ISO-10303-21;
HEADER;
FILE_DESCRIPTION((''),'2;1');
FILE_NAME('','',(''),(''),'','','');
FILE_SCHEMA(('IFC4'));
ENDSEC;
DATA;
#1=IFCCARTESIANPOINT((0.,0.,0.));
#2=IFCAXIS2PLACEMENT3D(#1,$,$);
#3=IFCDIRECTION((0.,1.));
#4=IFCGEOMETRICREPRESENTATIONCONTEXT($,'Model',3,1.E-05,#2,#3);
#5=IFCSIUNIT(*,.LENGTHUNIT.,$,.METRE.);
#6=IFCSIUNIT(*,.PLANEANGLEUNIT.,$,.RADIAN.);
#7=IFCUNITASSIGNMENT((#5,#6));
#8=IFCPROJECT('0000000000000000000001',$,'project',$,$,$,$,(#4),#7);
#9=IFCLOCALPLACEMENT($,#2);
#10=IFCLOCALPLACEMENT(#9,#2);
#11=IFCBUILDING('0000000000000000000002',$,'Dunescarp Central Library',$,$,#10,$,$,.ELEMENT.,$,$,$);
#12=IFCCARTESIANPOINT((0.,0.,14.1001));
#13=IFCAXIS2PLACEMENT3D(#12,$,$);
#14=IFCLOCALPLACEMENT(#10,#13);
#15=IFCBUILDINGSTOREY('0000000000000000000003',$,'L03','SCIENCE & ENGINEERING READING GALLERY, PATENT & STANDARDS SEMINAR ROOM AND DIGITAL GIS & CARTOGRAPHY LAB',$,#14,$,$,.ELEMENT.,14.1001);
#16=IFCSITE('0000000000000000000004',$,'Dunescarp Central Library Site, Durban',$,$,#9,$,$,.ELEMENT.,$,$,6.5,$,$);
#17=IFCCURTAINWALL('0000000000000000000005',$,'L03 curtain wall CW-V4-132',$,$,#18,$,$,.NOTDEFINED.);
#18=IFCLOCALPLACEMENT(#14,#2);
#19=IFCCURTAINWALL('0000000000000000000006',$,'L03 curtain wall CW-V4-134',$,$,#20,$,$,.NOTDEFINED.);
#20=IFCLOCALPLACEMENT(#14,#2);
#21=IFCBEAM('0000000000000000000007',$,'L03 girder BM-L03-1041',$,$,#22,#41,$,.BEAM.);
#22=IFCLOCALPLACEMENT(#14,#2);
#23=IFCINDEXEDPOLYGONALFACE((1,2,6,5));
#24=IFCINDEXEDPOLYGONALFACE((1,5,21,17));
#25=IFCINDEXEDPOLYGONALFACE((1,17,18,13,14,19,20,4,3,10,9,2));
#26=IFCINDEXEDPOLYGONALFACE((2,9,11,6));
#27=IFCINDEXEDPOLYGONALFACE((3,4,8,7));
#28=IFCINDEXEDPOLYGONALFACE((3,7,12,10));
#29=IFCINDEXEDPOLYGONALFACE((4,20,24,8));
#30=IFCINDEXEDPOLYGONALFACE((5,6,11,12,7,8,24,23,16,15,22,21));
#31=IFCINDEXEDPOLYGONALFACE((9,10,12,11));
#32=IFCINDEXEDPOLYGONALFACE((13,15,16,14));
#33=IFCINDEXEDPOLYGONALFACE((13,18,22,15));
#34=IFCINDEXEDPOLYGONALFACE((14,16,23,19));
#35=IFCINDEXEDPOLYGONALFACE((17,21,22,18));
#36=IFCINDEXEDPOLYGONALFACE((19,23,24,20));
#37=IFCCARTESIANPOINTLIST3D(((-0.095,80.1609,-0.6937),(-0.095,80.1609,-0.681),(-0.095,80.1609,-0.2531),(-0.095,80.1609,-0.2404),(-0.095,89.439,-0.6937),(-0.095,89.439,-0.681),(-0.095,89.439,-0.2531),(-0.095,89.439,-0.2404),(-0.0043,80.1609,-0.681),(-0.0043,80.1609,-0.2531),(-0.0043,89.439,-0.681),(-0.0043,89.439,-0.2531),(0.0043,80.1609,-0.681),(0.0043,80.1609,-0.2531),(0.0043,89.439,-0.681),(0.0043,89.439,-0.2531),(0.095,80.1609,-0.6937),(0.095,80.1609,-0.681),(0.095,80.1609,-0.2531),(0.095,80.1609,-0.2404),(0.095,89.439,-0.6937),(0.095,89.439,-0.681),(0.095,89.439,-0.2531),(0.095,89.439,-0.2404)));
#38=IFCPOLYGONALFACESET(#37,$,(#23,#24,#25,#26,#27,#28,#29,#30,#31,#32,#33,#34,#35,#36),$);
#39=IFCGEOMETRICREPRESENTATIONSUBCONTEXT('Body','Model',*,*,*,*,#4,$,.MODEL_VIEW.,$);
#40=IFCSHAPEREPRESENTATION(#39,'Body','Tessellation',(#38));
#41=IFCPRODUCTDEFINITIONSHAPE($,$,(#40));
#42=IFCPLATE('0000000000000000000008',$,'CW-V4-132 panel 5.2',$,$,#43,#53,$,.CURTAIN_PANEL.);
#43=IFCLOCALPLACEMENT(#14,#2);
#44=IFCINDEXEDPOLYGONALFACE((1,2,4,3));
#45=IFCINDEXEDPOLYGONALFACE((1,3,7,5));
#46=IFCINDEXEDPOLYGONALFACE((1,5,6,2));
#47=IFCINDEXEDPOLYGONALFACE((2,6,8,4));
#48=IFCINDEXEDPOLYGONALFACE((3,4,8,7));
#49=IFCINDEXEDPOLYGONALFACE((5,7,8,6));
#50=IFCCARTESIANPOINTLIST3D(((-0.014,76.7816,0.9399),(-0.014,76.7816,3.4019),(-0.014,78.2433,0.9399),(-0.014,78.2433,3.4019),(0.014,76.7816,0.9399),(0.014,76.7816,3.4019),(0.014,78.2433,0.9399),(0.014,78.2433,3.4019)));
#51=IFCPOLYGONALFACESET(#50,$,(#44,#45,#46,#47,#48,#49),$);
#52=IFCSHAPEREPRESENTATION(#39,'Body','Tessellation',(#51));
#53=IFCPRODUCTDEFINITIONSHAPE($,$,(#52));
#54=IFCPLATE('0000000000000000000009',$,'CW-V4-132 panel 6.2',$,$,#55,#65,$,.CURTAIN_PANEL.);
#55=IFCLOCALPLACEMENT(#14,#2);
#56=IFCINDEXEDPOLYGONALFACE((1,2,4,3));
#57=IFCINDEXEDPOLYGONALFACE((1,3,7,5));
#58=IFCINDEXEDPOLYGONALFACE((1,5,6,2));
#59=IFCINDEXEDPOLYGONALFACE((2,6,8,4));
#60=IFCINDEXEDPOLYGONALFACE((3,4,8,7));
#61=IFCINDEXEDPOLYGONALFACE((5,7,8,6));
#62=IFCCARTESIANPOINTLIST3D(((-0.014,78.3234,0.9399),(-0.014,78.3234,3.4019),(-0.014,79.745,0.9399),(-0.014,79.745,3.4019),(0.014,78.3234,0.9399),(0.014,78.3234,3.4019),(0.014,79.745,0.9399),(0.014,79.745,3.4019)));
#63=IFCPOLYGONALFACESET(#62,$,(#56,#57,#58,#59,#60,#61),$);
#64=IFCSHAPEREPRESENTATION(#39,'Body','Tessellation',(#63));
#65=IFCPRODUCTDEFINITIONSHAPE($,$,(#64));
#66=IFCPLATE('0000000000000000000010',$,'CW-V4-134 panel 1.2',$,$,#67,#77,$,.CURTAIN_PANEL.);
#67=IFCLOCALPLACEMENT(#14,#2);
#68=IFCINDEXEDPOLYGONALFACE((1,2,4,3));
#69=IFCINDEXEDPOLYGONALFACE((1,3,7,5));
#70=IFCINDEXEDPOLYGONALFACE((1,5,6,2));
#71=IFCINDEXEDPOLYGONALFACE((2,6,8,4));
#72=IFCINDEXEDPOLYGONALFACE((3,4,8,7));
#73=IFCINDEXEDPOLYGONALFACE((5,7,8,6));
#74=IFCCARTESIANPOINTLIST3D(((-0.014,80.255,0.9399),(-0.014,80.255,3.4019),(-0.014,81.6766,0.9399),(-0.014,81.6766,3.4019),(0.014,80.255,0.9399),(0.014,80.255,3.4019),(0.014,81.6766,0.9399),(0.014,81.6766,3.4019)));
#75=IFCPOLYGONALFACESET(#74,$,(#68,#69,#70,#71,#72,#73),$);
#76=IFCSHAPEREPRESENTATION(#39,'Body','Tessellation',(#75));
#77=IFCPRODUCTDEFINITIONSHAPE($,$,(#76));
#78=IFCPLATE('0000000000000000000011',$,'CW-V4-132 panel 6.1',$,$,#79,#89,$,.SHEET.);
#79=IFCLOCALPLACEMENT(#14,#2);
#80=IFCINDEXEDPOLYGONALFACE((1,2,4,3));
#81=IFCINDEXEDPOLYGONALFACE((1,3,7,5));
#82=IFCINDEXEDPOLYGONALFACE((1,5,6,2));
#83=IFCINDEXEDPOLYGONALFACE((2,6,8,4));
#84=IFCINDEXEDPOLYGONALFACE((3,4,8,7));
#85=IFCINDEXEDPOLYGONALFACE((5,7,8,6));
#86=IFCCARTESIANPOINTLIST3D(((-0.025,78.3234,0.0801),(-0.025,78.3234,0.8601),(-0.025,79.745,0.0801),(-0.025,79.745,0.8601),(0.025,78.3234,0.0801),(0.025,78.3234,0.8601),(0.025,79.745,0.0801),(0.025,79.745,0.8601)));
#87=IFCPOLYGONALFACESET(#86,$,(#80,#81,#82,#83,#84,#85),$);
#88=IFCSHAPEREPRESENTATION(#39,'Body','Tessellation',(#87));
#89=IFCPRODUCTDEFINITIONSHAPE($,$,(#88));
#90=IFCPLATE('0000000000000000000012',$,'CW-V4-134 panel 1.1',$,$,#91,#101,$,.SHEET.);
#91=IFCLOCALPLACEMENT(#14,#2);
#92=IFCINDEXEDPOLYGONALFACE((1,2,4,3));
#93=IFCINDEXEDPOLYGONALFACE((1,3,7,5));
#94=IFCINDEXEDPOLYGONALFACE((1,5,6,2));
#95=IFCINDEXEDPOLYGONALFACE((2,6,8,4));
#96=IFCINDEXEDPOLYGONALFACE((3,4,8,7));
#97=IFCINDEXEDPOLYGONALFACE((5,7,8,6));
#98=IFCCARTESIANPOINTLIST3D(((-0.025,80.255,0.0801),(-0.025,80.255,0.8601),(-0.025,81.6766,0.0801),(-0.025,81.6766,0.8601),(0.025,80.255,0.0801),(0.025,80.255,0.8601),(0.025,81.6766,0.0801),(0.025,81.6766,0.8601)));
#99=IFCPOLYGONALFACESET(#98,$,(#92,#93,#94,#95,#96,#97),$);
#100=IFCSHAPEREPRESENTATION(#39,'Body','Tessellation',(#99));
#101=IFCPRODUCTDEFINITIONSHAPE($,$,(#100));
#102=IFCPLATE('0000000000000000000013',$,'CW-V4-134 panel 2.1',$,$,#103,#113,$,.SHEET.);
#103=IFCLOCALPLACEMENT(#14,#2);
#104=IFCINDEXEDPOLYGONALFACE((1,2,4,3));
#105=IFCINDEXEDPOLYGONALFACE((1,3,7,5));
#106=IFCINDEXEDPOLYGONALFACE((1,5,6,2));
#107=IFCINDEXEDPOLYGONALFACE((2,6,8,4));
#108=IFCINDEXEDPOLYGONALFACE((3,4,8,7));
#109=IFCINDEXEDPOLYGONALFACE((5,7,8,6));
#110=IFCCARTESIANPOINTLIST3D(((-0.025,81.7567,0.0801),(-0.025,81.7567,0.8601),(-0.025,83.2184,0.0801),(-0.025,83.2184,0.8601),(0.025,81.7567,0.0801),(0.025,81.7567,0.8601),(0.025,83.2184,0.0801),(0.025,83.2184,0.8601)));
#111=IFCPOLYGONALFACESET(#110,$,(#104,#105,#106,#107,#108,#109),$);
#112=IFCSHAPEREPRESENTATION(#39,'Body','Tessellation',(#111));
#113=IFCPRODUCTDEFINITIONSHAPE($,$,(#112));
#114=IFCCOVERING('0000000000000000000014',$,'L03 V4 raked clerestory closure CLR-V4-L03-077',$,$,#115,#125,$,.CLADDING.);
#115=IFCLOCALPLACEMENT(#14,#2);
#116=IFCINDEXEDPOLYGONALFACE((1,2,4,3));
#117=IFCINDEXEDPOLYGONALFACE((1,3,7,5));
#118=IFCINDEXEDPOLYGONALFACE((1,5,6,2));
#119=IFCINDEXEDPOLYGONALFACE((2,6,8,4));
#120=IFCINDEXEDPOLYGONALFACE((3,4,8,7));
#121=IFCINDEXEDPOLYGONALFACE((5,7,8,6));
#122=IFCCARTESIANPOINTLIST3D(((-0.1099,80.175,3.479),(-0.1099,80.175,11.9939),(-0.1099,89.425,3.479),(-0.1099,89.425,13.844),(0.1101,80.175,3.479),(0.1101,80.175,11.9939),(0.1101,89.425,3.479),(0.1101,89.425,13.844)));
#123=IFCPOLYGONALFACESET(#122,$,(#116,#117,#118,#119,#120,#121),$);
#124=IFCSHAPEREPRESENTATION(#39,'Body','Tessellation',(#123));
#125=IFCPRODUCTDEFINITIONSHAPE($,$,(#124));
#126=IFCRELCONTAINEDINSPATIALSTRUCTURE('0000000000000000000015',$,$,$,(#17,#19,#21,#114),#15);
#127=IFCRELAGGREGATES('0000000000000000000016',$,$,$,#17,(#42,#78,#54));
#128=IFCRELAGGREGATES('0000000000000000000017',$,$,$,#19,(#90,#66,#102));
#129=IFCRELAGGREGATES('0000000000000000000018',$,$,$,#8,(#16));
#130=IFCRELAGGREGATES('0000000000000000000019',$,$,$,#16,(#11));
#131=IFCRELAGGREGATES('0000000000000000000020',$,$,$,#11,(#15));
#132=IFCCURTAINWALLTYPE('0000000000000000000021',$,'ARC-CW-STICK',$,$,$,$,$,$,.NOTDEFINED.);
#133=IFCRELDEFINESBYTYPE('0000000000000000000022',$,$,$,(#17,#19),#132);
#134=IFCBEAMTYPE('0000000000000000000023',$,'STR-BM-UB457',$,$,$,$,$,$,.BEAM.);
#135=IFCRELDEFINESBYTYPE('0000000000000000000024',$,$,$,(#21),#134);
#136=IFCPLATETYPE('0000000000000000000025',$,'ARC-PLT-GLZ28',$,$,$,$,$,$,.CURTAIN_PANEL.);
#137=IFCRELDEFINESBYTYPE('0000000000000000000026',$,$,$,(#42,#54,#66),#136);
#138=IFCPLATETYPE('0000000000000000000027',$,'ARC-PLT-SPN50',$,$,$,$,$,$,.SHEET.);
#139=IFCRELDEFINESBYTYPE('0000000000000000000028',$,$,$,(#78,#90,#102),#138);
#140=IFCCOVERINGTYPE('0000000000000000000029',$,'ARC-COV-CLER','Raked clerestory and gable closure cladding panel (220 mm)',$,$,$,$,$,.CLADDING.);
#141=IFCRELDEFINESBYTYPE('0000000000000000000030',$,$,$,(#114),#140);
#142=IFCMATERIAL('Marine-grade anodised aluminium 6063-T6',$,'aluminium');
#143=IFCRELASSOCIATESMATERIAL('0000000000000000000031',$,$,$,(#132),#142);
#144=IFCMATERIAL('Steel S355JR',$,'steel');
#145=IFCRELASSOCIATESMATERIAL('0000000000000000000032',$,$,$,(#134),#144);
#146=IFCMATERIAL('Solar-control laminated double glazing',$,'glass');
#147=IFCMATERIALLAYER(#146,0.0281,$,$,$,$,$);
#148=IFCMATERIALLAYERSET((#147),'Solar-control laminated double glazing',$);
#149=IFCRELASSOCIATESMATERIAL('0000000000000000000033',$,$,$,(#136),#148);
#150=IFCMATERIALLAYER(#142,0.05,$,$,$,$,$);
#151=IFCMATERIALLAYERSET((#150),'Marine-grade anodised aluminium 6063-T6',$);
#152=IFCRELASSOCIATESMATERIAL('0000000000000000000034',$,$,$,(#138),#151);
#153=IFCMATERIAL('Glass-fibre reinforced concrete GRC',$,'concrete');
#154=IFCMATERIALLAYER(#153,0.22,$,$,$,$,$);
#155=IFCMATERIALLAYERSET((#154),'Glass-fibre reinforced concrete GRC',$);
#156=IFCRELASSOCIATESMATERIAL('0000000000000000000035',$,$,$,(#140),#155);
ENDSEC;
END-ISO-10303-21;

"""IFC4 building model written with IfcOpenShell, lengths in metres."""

from ifc_helpers import new_model, si_unit, direction, frame, origin, origin_2d, place, context, subcontext, project, spatial, polyline, rectangle, i_section, outline, extrude, material, layer, layer_set, material_profile, profile_set, type_object, element, aggregate, save


model = new_model("IFC4")

# Units and contexts
model_context = context("Model", 3, precision=1e-05, world=origin(), true_north=direction((0.0, 1.0)))
body_context = subcontext(model_context, "Body", "Model", "MODEL_VIEW")
ifc_project = project(units=[si_unit("LENGTHUNIT", "METRE"), si_unit("PLANEANGLEUNIT", "RADIAN")], contexts=[model_context])

# Site, building, storey
site_placement = place(None, origin())
site = spatial("IfcSite", under=ifc_project, at=site_placement, Name="Dunescarp Central Library Site, Durban", CompositionType="ELEMENT", RefElevation=6.5)
building_placement = place(site_placement, origin())
building = spatial("IfcBuilding", under=site, at=building_placement, Name="Dunescarp Central Library", CompositionType="ELEMENT")
storey_placement = place(building_placement, frame((0.0, 0.0, 14.1001)))
storey = spatial("IfcBuildingStorey", under=building, at=storey_placement, Name="L03", Description="SCIENCE & ENGINEERING READING GALLERY, PATENT & STANDARDS SEMINAR ROOM AND DIGITAL GIS & CARTOGRAPHY LAB", CompositionType="ELEMENT", Elevation=14.1001)

# Shared definitions
ifc_material_1 = material(Name="Steel S355JR", Category="steel")

# Curtain walls
ifc_material_2 = material(Name="Marine-grade anodised aluminium 6063-T6", Category="aluminium")
curtain_wall_type = type_object("IfcCurtainWallType", Name="ARC-CW-STICK", PredefinedType="NOTDEFINED", material=ifc_material_2)
curtain_wall_1_placement = place(storey_placement, origin())
curtain_wall_1 = element("IfcCurtainWall", 1, at=curtain_wall_1_placement, inside=storey, type_object=curtain_wall_type, Name="L03 curtain wall CW-V4-132", PredefinedType="NOTDEFINED")
curtain_wall_2_placement = place(storey_placement, origin())
curtain_wall_2 = element("IfcCurtainWall", 2, at=curtain_wall_2_placement, inside=storey, type_object=curtain_wall_type, Name="L03 curtain wall CW-V4-134", PredefinedType="NOTDEFINED")

# Beam
ifc_material_profile_1 = material_profile(ifc_material_1, i_section(OverallWidth=0.1899, OverallDepth=0.4534, WebThickness=0.0085, FlangeThickness=0.0127, at=origin_2d()), Name="UB 457x191x67")
ifc_profile_set_1 = profile_set([ifc_material_profile_1], Name="Steel S355JR")
beam_type = type_object("IfcBeamType", Name="STR-BM-UB457", PredefinedType="BEAM", material=ifc_profile_set_1)
beam_placement = place(storey_placement, frame((0.0, 80.1609, -0.467), z_axis=(0.0, 1.0, 0.0), x_axis=(-1.0, 0.0, 0.0)))
element("IfcBeam", 3, at=beam_placement, inside=storey, type_object=beam_type, Name="L03 girder BM-L03-1041", PredefinedType="BEAM", context=body_context, shape_type="SweptSolid", body=[
    extrude(i_section(OverallWidth=0.1899, OverallDepth=0.4534, WebThickness=0.0085, FlangeThickness=0.0127, at=origin_2d()), origin(), (0.0, 0.0, 1.0), 9.2781),
])

# Plates
ifc_material_3 = material(Name="Solar-control laminated double glazing", Category="glass")
ifc_layer_1 = layer(ifc_material_3, 0.0281)
ifc_layer_set_1 = layer_set([ifc_layer_1], Name="Solar-control laminated double glazing")
plate_type_1 = type_object("IfcPlateType", Name="ARC-PLT-GLZ28", PredefinedType="CURTAIN_PANEL", material=ifc_layer_set_1)
plate_1_placement = place(storey_placement, frame((0.0, 77.5125, 0.9399), z_axis=(0.0, 0.0, 1.0), x_axis=(0.0, 1.0, 0.0)))
plate_1 = element("IfcPlate", 4, at=plate_1_placement, type_object=plate_type_1, Name="CW-V4-132 panel 5.2", PredefinedType="CURTAIN_PANEL", context=body_context, shape_type="SweptSolid", body=[
    extrude(rectangle(XDim=1.4617, YDim=0.0281, at=origin_2d()), origin(), (0.0, 0.0, 1.0), 2.4619),
])
plate_2_placement = place(storey_placement, frame((0.0, 79.0342, 0.9399), z_axis=(0.0, 0.0, 1.0), x_axis=(0.0, 1.0, 0.0)))
plate_2 = element("IfcPlate", 5, at=plate_2_placement, type_object=plate_type_1, Name="CW-V4-132 panel 6.2", PredefinedType="CURTAIN_PANEL", context=body_context, shape_type="SweptSolid", body=[
    extrude(rectangle(XDim=1.4216, YDim=0.0281, at=origin_2d()), origin(), (0.0, 0.0, 1.0), 2.4619),
])
plate_3_placement = place(storey_placement, frame((0.0, 80.9658, 0.9399), z_axis=(0.0, 0.0, 1.0), x_axis=(0.0, 1.0, 0.0)))
plate_3 = element("IfcPlate", 6, at=plate_3_placement, type_object=plate_type_1, Name="CW-V4-134 panel 1.2", PredefinedType="CURTAIN_PANEL", context=body_context, shape_type="SweptSolid", body=[
    extrude(rectangle(XDim=1.4216, YDim=0.0281, at=origin_2d()), origin(), (0.0, 0.0, 1.0), 2.4619),
])
ifc_layer_2 = layer(ifc_material_2, 0.05)
ifc_layer_set_2 = layer_set([ifc_layer_2], Name="Marine-grade anodised aluminium 6063-T6")
plate_type_2 = type_object("IfcPlateType", Name="ARC-PLT-SPN50", PredefinedType="SHEET", material=ifc_layer_set_2)
plate_4_placement = place(storey_placement, frame((0.0, 79.0342, 0.0801), z_axis=(0.0, 0.0, 1.0), x_axis=(0.0, 1.0, 0.0)))
plate_4 = element("IfcPlate", 7, at=plate_4_placement, type_object=plate_type_2, Name="CW-V4-132 panel 6.1", PredefinedType="SHEET", context=body_context, shape_type="SweptSolid", body=[
    extrude(rectangle(XDim=1.4216, YDim=0.05, at=origin_2d()), origin(), (0.0, 0.0, 1.0), 0.78),
])
aggregate(curtain_wall_1, [plate_1, plate_4, plate_2])
plate_5_placement = place(storey_placement, frame((0.0, 80.9658, 0.0801), z_axis=(0.0, 0.0, 1.0), x_axis=(0.0, 1.0, 0.0)))
plate_5 = element("IfcPlate", 8, at=plate_5_placement, type_object=plate_type_2, Name="CW-V4-134 panel 1.1", PredefinedType="SHEET", context=body_context, shape_type="SweptSolid", body=[
    extrude(rectangle(XDim=1.4216, YDim=0.05, at=origin_2d()), origin(), (0.0, 0.0, 1.0), 0.78),
])
plate_6_placement = place(storey_placement, frame((0.0, 82.4875, 0.0801), z_axis=(0.0, 0.0, 1.0), x_axis=(0.0, 1.0, 0.0)))
plate_6 = element("IfcPlate", 9, at=plate_6_placement, type_object=plate_type_2, Name="CW-V4-134 panel 2.1", PredefinedType="SHEET", context=body_context, shape_type="SweptSolid", body=[
    extrude(rectangle(XDim=1.4617, YDim=0.05, at=origin_2d()), origin(), (0.0, 0.0, 1.0), 0.78),
])
aggregate(curtain_wall_2, [plate_5, plate_3, plate_6])

# Covering
ifc_material_4 = material(Name="Glass-fibre reinforced concrete GRC", Category="concrete")
ifc_layer_3 = layer(ifc_material_4, 0.22)
ifc_layer_set_3 = layer_set([ifc_layer_3], Name="Glass-fibre reinforced concrete GRC")
covering_type = type_object("IfcCoveringType", Name="ARC-COV-CLER", Description="Raked clerestory and gable closure cladding panel (220 mm)", PredefinedType="CLADDING", material=ifc_layer_set_3)
covering_placement = place(storey_placement, frame((0.0, 80.175, 3.479), z_axis=(0.0, 0.0, 1.0), x_axis=(0.0, 1.0, 0.0)))
element("IfcCovering", 10, at=covering_placement, inside=storey, type_object=covering_type, Name="L03 V4 raked clerestory closure CLR-V4-L03-077", PredefinedType="CLADDING", context=body_context, shape_type="SweptSolid", body=[
    extrude(outline(polyline([(0.0, 0.0), (9.25, 0.0), (9.25, 10.365), (0.0, 8.5149), (0.0, 0.0)])), frame((0.0, 0.1099, 0.0), z_axis=(0.0, -1.0, 0.0), x_axis=(1.0, 0.0, 0.0)), (0.0, 0.0, 1.0), 0.22),
])

save(model, "model.ifc")
